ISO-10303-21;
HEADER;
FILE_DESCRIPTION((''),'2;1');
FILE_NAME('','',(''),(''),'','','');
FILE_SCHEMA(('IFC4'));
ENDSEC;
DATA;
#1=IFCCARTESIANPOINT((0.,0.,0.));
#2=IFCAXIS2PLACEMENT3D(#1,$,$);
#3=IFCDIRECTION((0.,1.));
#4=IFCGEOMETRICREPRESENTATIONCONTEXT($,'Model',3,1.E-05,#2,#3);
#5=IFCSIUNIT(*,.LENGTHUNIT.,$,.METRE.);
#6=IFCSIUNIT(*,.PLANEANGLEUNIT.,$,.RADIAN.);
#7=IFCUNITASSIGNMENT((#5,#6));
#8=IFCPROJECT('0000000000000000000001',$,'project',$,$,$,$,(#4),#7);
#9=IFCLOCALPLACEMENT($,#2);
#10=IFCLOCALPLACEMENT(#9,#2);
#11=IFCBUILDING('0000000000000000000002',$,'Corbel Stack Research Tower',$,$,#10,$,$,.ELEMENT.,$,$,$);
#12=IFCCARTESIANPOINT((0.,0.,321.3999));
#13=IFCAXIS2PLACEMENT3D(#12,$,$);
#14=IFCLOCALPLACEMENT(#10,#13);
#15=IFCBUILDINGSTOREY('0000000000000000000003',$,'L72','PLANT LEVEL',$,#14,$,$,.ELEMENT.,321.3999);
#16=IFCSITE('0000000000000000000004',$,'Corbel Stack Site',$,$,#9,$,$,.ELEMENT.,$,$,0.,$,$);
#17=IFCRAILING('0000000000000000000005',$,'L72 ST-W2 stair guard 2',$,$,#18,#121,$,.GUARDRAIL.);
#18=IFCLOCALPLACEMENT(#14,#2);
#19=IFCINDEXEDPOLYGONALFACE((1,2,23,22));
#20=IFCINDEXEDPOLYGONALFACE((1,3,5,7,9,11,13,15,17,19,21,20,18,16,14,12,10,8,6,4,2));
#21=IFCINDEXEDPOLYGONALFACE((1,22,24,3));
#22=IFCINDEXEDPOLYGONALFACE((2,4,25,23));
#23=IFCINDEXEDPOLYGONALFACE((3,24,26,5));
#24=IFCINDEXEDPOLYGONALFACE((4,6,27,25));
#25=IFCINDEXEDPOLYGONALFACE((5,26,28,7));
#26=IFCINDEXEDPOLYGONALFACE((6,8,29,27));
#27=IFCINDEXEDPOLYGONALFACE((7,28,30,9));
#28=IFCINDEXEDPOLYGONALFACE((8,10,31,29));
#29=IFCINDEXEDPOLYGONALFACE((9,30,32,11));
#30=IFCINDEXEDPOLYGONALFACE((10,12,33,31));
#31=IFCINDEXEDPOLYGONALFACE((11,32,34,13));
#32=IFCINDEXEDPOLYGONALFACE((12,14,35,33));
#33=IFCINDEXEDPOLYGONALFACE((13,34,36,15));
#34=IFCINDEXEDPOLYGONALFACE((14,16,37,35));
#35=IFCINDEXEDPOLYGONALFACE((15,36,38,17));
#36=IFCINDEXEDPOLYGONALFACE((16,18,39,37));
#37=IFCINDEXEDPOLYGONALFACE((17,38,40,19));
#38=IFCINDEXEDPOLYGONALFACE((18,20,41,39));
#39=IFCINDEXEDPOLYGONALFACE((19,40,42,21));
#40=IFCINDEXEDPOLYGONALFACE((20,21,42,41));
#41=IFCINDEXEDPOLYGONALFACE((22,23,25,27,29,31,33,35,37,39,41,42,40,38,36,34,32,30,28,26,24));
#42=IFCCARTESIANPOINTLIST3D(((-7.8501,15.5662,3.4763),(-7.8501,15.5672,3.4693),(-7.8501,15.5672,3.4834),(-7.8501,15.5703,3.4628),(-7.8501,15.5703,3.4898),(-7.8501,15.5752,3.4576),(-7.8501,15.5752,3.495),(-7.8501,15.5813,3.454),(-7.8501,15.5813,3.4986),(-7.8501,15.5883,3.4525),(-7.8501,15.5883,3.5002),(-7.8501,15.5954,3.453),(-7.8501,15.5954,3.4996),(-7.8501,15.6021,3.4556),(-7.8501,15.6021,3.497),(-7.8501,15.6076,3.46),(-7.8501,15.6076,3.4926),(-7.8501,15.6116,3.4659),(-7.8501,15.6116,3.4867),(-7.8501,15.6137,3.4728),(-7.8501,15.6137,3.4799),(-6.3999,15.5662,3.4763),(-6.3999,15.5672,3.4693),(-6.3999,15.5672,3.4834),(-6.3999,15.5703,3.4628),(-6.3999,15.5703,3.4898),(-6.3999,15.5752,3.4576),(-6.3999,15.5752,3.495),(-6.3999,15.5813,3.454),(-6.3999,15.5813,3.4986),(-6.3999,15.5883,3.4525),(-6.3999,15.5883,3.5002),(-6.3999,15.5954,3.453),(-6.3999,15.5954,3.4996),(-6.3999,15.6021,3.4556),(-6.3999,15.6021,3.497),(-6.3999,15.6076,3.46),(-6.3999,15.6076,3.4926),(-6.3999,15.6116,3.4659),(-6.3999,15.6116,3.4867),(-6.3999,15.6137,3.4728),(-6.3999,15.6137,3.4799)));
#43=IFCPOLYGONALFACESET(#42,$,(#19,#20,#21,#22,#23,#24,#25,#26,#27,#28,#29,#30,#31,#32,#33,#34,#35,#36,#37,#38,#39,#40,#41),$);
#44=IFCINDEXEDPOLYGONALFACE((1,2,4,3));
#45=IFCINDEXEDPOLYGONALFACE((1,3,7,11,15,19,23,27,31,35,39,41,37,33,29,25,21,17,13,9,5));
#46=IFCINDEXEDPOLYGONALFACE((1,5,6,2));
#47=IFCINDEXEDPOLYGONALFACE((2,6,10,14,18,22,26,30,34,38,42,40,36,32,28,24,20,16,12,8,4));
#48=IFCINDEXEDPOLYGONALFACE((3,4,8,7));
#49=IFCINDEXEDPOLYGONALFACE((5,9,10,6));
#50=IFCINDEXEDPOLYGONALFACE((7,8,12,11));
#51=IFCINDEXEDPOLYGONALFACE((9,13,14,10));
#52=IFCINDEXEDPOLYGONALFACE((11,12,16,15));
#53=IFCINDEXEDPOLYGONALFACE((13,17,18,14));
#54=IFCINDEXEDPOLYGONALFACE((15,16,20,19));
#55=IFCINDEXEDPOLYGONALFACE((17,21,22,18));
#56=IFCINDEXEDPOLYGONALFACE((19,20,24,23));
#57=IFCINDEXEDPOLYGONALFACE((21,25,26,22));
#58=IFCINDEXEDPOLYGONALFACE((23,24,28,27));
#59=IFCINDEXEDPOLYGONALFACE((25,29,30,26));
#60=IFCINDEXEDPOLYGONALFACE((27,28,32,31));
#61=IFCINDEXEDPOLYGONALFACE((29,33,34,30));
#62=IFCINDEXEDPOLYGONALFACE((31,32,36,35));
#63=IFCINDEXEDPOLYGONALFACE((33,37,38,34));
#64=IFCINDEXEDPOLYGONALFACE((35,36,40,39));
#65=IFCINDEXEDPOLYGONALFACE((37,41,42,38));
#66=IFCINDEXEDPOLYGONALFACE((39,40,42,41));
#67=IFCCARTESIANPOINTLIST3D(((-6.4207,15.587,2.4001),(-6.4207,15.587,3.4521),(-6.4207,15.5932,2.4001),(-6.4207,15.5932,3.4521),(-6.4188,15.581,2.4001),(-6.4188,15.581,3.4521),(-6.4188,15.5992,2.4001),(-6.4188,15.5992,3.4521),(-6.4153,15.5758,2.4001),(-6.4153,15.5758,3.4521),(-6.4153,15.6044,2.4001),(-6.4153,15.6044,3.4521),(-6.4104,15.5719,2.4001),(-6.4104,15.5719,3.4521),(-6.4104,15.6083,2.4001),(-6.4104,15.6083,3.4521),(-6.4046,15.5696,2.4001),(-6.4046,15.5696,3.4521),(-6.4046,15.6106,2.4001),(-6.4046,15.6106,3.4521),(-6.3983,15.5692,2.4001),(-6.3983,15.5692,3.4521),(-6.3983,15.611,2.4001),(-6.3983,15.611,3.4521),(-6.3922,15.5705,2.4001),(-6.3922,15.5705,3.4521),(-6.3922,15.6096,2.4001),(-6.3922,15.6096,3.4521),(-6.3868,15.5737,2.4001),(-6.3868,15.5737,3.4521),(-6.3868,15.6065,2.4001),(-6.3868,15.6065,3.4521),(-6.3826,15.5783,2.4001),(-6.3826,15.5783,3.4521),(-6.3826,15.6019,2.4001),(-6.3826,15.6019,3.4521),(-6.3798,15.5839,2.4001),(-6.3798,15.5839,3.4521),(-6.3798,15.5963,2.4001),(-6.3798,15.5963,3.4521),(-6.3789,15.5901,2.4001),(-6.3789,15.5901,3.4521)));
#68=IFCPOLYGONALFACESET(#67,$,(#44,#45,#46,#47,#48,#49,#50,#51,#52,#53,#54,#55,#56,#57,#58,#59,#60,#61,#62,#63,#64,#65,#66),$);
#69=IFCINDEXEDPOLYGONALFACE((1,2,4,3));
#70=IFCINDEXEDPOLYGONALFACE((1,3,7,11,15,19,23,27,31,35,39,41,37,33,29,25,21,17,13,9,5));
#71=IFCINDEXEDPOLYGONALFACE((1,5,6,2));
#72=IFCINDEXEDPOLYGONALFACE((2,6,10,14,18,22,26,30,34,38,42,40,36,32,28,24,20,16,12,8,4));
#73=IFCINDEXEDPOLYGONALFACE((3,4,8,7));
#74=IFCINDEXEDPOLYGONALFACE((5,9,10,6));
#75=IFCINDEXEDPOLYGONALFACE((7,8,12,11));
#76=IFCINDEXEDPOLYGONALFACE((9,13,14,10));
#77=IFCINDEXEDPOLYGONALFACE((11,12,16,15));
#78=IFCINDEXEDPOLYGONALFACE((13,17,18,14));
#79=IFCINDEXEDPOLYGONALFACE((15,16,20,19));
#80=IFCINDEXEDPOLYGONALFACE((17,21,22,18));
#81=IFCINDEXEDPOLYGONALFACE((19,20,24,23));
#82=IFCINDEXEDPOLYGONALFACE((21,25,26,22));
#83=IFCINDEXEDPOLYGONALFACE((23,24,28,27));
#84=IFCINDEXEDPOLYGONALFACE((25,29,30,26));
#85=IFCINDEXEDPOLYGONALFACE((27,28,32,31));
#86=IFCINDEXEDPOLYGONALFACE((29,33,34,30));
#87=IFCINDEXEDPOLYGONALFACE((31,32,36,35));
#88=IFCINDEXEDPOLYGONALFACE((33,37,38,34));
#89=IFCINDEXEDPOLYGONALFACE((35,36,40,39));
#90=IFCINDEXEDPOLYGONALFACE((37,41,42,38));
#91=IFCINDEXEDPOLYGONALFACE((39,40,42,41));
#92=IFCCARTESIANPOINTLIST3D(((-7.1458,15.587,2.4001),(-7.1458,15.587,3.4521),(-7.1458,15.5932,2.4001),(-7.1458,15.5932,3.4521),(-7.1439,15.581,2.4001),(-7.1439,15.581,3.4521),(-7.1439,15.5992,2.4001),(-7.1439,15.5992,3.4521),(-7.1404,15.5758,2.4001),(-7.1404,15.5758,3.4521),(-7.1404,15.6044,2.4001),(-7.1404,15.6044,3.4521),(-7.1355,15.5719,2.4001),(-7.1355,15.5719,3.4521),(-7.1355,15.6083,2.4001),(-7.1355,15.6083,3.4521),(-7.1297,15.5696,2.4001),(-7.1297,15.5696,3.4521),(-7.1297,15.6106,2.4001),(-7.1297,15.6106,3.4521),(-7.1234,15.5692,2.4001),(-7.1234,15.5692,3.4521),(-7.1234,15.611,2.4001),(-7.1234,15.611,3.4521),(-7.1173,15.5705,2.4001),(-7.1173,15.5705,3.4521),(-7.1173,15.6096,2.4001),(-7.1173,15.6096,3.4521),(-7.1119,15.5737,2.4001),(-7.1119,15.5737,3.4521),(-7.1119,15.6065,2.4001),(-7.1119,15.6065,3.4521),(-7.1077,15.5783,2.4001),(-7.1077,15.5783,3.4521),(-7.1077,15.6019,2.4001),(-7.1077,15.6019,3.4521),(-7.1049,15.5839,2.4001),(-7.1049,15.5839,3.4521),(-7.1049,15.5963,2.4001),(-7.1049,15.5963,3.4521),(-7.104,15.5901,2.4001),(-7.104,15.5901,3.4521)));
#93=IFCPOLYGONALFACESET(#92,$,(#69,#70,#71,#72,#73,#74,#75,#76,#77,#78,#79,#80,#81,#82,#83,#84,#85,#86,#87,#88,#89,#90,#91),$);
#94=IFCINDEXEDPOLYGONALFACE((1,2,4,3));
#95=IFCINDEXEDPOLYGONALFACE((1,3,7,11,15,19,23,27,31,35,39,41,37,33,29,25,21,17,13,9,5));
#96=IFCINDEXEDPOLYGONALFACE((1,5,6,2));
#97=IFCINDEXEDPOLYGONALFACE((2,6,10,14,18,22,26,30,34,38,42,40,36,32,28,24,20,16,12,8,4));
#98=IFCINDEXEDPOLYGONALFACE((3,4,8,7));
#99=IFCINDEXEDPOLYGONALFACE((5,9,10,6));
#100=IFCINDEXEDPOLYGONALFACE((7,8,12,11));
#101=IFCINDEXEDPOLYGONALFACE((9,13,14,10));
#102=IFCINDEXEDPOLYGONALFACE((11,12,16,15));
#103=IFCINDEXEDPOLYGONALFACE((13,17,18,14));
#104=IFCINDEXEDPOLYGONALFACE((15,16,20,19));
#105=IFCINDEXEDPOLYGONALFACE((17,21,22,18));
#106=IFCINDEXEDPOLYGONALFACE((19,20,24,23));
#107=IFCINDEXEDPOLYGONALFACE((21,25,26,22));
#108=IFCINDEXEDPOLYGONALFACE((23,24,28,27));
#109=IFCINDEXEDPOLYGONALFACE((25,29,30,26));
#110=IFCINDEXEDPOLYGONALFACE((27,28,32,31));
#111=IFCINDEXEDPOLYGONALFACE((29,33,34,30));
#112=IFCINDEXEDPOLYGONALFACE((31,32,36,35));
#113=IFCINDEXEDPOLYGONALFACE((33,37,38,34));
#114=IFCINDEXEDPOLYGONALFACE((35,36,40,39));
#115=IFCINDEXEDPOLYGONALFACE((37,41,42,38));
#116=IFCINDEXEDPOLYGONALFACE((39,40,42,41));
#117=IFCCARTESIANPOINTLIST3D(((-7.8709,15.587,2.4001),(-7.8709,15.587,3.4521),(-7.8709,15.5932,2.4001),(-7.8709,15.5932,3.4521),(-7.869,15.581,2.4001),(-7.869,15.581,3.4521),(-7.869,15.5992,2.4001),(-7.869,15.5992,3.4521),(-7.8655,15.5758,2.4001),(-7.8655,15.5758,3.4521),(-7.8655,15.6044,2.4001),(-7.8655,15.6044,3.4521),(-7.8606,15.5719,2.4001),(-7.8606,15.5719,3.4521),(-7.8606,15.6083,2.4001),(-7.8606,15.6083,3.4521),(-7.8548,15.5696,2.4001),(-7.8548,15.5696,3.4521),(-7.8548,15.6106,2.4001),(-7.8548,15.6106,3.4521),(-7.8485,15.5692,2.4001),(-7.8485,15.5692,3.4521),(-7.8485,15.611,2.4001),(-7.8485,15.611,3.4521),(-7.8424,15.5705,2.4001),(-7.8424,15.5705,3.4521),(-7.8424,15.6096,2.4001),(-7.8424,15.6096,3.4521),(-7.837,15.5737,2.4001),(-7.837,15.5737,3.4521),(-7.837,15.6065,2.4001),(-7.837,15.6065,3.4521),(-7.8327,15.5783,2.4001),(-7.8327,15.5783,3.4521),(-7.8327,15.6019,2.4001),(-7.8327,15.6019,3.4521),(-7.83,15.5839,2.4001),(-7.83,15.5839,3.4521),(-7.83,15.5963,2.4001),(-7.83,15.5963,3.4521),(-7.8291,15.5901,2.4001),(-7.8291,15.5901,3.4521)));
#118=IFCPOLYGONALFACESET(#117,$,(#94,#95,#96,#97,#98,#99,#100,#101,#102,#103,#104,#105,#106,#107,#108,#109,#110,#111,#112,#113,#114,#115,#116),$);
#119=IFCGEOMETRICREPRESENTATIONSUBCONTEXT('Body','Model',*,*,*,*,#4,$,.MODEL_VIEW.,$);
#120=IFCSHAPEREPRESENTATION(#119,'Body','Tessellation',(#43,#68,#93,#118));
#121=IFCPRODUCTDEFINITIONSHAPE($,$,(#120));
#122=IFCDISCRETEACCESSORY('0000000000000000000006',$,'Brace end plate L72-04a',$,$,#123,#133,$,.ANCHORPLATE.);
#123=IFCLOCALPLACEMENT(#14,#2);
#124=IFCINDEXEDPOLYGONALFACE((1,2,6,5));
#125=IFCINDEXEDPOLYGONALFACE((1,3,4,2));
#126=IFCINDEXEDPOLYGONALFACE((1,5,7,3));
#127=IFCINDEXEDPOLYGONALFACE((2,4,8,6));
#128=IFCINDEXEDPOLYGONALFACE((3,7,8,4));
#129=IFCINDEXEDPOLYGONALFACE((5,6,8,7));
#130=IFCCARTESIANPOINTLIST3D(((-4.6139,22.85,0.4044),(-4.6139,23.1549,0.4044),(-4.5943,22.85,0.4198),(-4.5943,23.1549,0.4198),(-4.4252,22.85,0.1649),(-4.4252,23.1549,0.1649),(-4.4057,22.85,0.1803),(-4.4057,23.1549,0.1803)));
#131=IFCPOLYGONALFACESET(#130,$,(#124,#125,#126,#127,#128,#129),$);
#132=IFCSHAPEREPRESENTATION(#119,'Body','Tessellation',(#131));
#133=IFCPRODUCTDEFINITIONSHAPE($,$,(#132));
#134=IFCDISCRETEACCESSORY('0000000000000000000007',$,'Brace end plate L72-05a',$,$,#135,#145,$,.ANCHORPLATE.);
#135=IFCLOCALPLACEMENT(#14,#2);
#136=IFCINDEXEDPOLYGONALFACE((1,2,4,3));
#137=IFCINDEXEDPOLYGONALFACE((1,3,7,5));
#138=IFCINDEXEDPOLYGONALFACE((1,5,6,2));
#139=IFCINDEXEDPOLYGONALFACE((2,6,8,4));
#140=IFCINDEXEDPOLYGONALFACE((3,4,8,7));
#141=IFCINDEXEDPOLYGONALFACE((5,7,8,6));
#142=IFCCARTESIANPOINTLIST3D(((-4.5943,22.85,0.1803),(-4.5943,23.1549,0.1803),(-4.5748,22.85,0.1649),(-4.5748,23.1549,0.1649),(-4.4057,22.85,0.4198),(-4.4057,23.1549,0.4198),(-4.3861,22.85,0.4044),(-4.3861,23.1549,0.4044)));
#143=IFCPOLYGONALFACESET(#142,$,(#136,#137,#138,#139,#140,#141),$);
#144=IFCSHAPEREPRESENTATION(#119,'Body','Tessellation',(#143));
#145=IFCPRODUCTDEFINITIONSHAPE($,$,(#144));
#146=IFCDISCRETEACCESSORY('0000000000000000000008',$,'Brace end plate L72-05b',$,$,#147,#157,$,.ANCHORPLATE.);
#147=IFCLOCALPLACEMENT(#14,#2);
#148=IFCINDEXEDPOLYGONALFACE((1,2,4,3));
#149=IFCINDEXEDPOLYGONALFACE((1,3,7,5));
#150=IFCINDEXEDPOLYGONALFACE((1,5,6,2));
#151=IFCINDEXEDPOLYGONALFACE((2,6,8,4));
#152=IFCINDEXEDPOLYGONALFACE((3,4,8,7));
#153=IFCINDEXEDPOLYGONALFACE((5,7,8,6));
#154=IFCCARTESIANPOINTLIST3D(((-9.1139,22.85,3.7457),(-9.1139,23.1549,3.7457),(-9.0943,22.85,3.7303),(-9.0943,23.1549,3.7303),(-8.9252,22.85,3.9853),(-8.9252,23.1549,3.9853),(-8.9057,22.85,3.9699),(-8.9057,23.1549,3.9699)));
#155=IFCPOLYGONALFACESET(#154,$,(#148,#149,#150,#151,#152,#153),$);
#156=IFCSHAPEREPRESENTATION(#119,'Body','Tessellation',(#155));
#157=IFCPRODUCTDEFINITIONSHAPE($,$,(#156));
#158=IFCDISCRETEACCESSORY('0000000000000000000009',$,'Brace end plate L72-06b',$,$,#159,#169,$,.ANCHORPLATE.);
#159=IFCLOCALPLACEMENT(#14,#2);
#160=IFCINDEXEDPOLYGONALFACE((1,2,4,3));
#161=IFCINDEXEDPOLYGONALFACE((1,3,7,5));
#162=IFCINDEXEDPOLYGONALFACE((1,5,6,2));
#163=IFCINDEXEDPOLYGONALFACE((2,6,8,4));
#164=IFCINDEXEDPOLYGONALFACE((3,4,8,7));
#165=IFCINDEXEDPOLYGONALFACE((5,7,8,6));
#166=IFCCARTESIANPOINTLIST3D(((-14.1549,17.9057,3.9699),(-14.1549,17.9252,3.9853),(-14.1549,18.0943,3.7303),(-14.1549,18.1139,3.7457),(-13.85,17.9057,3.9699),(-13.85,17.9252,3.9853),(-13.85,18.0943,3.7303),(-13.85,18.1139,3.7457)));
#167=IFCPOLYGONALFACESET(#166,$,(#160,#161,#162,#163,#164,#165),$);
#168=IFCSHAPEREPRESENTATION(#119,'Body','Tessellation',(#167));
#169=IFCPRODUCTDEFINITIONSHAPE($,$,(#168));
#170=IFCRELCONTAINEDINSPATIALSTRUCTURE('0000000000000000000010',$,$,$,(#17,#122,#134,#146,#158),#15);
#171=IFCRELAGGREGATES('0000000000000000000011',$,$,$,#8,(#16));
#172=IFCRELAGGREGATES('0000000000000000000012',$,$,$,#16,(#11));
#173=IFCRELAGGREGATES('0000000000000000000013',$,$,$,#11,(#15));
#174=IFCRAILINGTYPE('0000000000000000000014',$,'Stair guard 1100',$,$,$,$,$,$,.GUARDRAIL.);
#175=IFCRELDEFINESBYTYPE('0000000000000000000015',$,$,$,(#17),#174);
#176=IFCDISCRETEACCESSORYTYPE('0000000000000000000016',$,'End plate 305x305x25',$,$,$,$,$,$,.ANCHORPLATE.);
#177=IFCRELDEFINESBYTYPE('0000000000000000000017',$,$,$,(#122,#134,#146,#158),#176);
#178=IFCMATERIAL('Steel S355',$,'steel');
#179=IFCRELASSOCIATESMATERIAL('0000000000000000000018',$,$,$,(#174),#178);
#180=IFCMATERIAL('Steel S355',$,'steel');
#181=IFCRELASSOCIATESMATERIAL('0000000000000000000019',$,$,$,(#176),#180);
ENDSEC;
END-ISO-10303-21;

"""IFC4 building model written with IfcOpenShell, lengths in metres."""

from ifc_helpers import new_model, si_unit, direction, frame, origin, origin_2d, place, context, subcontext, project, spatial, rectangle, circle, extrude, material, material_profile, profile_set, type_object, element, save


model = new_model("IFC4")

# Units and contexts
model_context = context("Model", 3, precision=1e-05, world=origin(), true_north=direction((0.0, 1.0)))
body_context = subcontext(model_context, "Body", "Model", "MODEL_VIEW")
ifc_project = project(units=[si_unit("LENGTHUNIT", "METRE"), si_unit("PLANEANGLEUNIT", "RADIAN")], contexts=[model_context])

# Site, building, storey
site_placement = place(None, origin())
site = spatial("IfcSite", under=ifc_project, at=site_placement, Name="Corbel Stack Site", CompositionType="ELEMENT", RefElevation=0.0)
building_placement = place(site_placement, origin())
building = spatial("IfcBuilding", under=site, at=building_placement, Name="Corbel Stack Research Tower", CompositionType="ELEMENT")
storey_placement = place(building_placement, frame((0.0, 0.0, 321.3999)))
storey = spatial("IfcBuildingStorey", under=building, at=storey_placement, Name="L72", Description="PLANT LEVEL", CompositionType="ELEMENT", Elevation=321.3999)

# Railing
ifc_material_1 = material(Name="Steel S355", Category="steel")
railing_type = type_object("IfcRailingType", Name="Stair guard 1100", PredefinedType="GUARDRAIL", material=ifc_material_1)
railing_placement = place(storey_placement, frame((-6.3999, 15.5901, 2.4001)))
element("IfcRailing", 1, at=railing_placement, inside=storey, type_object=railing_type, Name="L72 ST-W2 stair guard 2", PredefinedType="GUARDRAIL", context=body_context, shape_type="SweptSolid", body=[
    extrude(circle(Radius=0.0239, at=origin_2d()), frame((0.0, 0.0, 1.0762), z_axis=(-1.0, 0.0, 0.0), x_axis=(0.0, -1.0, 0.0)), (0.0, 0.0, 1.0), 1.4502),
    extrude(circle(Radius=0.021, at=origin_2d()), origin(), (0.0, 0.0, 1.0), 1.052),
    extrude(circle(Radius=0.021, at=origin_2d()), frame((-0.7251, 0.0, 0.0)), (0.0, 0.0, 1.0), 1.052),
    extrude(circle(Radius=0.021, at=origin_2d()), frame((-1.4502, 0.0, 0.0)), (0.0, 0.0, 1.0), 1.052),
])

# Discrete accessories
ifc_material_2 = material(Name="Steel S355", Category="steel")
ifc_material_profile_1 = material_profile(ifc_material_2, rectangle(XDim=0.3049, YDim=0.3049, at=origin_2d()), Name="End plate 305x305x25")
ifc_profile_set_1 = profile_set([ifc_material_profile_1], Name="Steel S355")
discrete_accessory_type = type_object("IfcDiscreteAccessoryType", Name="End plate 305x305x25", PredefinedType="ANCHORPLATE", material=ifc_profile_set_1)
for number, where, z_axis, x_axis, name in (
    (2, (-4.5, 23.0024, 0.3), (-0.785636, 0.0, -0.618689), (0.0, -1.0, 0.0), "Brace end plate L72-04a"),
    (3, (-4.5, 23.0024, 0.3), (0.785636, 0.0, -0.618689), (0.0, 1.0, 0.0), "Brace end plate L72-05a"),
    (4, (-9.0, 23.0024, 3.8501), (-0.785636, 0.0, 0.618689), (0.0, -1.0, 0.0), "Brace end plate L72-05b"),
    (5, (-14.0024, 18.0, 3.8501), (0.0, 0.785636, 0.618689), (-1.0, 0.0, 0.0), "Brace end plate L72-06b"),
):
    element("IfcDiscreteAccessory", number, at=place(storey_placement, frame(where, z_axis=z_axis, x_axis=x_axis)), inside=storey, type_object=discrete_accessory_type, Name=name, PredefinedType="ANCHORPLATE", context=body_context, shape_type="SweptSolid", body=[
        extrude(rectangle(XDim=0.3049, YDim=0.3049, at=origin_2d()), origin(), (0.0, 0.0, 1.0), 0.0249),
    ])

save(model, "model.ifc")
